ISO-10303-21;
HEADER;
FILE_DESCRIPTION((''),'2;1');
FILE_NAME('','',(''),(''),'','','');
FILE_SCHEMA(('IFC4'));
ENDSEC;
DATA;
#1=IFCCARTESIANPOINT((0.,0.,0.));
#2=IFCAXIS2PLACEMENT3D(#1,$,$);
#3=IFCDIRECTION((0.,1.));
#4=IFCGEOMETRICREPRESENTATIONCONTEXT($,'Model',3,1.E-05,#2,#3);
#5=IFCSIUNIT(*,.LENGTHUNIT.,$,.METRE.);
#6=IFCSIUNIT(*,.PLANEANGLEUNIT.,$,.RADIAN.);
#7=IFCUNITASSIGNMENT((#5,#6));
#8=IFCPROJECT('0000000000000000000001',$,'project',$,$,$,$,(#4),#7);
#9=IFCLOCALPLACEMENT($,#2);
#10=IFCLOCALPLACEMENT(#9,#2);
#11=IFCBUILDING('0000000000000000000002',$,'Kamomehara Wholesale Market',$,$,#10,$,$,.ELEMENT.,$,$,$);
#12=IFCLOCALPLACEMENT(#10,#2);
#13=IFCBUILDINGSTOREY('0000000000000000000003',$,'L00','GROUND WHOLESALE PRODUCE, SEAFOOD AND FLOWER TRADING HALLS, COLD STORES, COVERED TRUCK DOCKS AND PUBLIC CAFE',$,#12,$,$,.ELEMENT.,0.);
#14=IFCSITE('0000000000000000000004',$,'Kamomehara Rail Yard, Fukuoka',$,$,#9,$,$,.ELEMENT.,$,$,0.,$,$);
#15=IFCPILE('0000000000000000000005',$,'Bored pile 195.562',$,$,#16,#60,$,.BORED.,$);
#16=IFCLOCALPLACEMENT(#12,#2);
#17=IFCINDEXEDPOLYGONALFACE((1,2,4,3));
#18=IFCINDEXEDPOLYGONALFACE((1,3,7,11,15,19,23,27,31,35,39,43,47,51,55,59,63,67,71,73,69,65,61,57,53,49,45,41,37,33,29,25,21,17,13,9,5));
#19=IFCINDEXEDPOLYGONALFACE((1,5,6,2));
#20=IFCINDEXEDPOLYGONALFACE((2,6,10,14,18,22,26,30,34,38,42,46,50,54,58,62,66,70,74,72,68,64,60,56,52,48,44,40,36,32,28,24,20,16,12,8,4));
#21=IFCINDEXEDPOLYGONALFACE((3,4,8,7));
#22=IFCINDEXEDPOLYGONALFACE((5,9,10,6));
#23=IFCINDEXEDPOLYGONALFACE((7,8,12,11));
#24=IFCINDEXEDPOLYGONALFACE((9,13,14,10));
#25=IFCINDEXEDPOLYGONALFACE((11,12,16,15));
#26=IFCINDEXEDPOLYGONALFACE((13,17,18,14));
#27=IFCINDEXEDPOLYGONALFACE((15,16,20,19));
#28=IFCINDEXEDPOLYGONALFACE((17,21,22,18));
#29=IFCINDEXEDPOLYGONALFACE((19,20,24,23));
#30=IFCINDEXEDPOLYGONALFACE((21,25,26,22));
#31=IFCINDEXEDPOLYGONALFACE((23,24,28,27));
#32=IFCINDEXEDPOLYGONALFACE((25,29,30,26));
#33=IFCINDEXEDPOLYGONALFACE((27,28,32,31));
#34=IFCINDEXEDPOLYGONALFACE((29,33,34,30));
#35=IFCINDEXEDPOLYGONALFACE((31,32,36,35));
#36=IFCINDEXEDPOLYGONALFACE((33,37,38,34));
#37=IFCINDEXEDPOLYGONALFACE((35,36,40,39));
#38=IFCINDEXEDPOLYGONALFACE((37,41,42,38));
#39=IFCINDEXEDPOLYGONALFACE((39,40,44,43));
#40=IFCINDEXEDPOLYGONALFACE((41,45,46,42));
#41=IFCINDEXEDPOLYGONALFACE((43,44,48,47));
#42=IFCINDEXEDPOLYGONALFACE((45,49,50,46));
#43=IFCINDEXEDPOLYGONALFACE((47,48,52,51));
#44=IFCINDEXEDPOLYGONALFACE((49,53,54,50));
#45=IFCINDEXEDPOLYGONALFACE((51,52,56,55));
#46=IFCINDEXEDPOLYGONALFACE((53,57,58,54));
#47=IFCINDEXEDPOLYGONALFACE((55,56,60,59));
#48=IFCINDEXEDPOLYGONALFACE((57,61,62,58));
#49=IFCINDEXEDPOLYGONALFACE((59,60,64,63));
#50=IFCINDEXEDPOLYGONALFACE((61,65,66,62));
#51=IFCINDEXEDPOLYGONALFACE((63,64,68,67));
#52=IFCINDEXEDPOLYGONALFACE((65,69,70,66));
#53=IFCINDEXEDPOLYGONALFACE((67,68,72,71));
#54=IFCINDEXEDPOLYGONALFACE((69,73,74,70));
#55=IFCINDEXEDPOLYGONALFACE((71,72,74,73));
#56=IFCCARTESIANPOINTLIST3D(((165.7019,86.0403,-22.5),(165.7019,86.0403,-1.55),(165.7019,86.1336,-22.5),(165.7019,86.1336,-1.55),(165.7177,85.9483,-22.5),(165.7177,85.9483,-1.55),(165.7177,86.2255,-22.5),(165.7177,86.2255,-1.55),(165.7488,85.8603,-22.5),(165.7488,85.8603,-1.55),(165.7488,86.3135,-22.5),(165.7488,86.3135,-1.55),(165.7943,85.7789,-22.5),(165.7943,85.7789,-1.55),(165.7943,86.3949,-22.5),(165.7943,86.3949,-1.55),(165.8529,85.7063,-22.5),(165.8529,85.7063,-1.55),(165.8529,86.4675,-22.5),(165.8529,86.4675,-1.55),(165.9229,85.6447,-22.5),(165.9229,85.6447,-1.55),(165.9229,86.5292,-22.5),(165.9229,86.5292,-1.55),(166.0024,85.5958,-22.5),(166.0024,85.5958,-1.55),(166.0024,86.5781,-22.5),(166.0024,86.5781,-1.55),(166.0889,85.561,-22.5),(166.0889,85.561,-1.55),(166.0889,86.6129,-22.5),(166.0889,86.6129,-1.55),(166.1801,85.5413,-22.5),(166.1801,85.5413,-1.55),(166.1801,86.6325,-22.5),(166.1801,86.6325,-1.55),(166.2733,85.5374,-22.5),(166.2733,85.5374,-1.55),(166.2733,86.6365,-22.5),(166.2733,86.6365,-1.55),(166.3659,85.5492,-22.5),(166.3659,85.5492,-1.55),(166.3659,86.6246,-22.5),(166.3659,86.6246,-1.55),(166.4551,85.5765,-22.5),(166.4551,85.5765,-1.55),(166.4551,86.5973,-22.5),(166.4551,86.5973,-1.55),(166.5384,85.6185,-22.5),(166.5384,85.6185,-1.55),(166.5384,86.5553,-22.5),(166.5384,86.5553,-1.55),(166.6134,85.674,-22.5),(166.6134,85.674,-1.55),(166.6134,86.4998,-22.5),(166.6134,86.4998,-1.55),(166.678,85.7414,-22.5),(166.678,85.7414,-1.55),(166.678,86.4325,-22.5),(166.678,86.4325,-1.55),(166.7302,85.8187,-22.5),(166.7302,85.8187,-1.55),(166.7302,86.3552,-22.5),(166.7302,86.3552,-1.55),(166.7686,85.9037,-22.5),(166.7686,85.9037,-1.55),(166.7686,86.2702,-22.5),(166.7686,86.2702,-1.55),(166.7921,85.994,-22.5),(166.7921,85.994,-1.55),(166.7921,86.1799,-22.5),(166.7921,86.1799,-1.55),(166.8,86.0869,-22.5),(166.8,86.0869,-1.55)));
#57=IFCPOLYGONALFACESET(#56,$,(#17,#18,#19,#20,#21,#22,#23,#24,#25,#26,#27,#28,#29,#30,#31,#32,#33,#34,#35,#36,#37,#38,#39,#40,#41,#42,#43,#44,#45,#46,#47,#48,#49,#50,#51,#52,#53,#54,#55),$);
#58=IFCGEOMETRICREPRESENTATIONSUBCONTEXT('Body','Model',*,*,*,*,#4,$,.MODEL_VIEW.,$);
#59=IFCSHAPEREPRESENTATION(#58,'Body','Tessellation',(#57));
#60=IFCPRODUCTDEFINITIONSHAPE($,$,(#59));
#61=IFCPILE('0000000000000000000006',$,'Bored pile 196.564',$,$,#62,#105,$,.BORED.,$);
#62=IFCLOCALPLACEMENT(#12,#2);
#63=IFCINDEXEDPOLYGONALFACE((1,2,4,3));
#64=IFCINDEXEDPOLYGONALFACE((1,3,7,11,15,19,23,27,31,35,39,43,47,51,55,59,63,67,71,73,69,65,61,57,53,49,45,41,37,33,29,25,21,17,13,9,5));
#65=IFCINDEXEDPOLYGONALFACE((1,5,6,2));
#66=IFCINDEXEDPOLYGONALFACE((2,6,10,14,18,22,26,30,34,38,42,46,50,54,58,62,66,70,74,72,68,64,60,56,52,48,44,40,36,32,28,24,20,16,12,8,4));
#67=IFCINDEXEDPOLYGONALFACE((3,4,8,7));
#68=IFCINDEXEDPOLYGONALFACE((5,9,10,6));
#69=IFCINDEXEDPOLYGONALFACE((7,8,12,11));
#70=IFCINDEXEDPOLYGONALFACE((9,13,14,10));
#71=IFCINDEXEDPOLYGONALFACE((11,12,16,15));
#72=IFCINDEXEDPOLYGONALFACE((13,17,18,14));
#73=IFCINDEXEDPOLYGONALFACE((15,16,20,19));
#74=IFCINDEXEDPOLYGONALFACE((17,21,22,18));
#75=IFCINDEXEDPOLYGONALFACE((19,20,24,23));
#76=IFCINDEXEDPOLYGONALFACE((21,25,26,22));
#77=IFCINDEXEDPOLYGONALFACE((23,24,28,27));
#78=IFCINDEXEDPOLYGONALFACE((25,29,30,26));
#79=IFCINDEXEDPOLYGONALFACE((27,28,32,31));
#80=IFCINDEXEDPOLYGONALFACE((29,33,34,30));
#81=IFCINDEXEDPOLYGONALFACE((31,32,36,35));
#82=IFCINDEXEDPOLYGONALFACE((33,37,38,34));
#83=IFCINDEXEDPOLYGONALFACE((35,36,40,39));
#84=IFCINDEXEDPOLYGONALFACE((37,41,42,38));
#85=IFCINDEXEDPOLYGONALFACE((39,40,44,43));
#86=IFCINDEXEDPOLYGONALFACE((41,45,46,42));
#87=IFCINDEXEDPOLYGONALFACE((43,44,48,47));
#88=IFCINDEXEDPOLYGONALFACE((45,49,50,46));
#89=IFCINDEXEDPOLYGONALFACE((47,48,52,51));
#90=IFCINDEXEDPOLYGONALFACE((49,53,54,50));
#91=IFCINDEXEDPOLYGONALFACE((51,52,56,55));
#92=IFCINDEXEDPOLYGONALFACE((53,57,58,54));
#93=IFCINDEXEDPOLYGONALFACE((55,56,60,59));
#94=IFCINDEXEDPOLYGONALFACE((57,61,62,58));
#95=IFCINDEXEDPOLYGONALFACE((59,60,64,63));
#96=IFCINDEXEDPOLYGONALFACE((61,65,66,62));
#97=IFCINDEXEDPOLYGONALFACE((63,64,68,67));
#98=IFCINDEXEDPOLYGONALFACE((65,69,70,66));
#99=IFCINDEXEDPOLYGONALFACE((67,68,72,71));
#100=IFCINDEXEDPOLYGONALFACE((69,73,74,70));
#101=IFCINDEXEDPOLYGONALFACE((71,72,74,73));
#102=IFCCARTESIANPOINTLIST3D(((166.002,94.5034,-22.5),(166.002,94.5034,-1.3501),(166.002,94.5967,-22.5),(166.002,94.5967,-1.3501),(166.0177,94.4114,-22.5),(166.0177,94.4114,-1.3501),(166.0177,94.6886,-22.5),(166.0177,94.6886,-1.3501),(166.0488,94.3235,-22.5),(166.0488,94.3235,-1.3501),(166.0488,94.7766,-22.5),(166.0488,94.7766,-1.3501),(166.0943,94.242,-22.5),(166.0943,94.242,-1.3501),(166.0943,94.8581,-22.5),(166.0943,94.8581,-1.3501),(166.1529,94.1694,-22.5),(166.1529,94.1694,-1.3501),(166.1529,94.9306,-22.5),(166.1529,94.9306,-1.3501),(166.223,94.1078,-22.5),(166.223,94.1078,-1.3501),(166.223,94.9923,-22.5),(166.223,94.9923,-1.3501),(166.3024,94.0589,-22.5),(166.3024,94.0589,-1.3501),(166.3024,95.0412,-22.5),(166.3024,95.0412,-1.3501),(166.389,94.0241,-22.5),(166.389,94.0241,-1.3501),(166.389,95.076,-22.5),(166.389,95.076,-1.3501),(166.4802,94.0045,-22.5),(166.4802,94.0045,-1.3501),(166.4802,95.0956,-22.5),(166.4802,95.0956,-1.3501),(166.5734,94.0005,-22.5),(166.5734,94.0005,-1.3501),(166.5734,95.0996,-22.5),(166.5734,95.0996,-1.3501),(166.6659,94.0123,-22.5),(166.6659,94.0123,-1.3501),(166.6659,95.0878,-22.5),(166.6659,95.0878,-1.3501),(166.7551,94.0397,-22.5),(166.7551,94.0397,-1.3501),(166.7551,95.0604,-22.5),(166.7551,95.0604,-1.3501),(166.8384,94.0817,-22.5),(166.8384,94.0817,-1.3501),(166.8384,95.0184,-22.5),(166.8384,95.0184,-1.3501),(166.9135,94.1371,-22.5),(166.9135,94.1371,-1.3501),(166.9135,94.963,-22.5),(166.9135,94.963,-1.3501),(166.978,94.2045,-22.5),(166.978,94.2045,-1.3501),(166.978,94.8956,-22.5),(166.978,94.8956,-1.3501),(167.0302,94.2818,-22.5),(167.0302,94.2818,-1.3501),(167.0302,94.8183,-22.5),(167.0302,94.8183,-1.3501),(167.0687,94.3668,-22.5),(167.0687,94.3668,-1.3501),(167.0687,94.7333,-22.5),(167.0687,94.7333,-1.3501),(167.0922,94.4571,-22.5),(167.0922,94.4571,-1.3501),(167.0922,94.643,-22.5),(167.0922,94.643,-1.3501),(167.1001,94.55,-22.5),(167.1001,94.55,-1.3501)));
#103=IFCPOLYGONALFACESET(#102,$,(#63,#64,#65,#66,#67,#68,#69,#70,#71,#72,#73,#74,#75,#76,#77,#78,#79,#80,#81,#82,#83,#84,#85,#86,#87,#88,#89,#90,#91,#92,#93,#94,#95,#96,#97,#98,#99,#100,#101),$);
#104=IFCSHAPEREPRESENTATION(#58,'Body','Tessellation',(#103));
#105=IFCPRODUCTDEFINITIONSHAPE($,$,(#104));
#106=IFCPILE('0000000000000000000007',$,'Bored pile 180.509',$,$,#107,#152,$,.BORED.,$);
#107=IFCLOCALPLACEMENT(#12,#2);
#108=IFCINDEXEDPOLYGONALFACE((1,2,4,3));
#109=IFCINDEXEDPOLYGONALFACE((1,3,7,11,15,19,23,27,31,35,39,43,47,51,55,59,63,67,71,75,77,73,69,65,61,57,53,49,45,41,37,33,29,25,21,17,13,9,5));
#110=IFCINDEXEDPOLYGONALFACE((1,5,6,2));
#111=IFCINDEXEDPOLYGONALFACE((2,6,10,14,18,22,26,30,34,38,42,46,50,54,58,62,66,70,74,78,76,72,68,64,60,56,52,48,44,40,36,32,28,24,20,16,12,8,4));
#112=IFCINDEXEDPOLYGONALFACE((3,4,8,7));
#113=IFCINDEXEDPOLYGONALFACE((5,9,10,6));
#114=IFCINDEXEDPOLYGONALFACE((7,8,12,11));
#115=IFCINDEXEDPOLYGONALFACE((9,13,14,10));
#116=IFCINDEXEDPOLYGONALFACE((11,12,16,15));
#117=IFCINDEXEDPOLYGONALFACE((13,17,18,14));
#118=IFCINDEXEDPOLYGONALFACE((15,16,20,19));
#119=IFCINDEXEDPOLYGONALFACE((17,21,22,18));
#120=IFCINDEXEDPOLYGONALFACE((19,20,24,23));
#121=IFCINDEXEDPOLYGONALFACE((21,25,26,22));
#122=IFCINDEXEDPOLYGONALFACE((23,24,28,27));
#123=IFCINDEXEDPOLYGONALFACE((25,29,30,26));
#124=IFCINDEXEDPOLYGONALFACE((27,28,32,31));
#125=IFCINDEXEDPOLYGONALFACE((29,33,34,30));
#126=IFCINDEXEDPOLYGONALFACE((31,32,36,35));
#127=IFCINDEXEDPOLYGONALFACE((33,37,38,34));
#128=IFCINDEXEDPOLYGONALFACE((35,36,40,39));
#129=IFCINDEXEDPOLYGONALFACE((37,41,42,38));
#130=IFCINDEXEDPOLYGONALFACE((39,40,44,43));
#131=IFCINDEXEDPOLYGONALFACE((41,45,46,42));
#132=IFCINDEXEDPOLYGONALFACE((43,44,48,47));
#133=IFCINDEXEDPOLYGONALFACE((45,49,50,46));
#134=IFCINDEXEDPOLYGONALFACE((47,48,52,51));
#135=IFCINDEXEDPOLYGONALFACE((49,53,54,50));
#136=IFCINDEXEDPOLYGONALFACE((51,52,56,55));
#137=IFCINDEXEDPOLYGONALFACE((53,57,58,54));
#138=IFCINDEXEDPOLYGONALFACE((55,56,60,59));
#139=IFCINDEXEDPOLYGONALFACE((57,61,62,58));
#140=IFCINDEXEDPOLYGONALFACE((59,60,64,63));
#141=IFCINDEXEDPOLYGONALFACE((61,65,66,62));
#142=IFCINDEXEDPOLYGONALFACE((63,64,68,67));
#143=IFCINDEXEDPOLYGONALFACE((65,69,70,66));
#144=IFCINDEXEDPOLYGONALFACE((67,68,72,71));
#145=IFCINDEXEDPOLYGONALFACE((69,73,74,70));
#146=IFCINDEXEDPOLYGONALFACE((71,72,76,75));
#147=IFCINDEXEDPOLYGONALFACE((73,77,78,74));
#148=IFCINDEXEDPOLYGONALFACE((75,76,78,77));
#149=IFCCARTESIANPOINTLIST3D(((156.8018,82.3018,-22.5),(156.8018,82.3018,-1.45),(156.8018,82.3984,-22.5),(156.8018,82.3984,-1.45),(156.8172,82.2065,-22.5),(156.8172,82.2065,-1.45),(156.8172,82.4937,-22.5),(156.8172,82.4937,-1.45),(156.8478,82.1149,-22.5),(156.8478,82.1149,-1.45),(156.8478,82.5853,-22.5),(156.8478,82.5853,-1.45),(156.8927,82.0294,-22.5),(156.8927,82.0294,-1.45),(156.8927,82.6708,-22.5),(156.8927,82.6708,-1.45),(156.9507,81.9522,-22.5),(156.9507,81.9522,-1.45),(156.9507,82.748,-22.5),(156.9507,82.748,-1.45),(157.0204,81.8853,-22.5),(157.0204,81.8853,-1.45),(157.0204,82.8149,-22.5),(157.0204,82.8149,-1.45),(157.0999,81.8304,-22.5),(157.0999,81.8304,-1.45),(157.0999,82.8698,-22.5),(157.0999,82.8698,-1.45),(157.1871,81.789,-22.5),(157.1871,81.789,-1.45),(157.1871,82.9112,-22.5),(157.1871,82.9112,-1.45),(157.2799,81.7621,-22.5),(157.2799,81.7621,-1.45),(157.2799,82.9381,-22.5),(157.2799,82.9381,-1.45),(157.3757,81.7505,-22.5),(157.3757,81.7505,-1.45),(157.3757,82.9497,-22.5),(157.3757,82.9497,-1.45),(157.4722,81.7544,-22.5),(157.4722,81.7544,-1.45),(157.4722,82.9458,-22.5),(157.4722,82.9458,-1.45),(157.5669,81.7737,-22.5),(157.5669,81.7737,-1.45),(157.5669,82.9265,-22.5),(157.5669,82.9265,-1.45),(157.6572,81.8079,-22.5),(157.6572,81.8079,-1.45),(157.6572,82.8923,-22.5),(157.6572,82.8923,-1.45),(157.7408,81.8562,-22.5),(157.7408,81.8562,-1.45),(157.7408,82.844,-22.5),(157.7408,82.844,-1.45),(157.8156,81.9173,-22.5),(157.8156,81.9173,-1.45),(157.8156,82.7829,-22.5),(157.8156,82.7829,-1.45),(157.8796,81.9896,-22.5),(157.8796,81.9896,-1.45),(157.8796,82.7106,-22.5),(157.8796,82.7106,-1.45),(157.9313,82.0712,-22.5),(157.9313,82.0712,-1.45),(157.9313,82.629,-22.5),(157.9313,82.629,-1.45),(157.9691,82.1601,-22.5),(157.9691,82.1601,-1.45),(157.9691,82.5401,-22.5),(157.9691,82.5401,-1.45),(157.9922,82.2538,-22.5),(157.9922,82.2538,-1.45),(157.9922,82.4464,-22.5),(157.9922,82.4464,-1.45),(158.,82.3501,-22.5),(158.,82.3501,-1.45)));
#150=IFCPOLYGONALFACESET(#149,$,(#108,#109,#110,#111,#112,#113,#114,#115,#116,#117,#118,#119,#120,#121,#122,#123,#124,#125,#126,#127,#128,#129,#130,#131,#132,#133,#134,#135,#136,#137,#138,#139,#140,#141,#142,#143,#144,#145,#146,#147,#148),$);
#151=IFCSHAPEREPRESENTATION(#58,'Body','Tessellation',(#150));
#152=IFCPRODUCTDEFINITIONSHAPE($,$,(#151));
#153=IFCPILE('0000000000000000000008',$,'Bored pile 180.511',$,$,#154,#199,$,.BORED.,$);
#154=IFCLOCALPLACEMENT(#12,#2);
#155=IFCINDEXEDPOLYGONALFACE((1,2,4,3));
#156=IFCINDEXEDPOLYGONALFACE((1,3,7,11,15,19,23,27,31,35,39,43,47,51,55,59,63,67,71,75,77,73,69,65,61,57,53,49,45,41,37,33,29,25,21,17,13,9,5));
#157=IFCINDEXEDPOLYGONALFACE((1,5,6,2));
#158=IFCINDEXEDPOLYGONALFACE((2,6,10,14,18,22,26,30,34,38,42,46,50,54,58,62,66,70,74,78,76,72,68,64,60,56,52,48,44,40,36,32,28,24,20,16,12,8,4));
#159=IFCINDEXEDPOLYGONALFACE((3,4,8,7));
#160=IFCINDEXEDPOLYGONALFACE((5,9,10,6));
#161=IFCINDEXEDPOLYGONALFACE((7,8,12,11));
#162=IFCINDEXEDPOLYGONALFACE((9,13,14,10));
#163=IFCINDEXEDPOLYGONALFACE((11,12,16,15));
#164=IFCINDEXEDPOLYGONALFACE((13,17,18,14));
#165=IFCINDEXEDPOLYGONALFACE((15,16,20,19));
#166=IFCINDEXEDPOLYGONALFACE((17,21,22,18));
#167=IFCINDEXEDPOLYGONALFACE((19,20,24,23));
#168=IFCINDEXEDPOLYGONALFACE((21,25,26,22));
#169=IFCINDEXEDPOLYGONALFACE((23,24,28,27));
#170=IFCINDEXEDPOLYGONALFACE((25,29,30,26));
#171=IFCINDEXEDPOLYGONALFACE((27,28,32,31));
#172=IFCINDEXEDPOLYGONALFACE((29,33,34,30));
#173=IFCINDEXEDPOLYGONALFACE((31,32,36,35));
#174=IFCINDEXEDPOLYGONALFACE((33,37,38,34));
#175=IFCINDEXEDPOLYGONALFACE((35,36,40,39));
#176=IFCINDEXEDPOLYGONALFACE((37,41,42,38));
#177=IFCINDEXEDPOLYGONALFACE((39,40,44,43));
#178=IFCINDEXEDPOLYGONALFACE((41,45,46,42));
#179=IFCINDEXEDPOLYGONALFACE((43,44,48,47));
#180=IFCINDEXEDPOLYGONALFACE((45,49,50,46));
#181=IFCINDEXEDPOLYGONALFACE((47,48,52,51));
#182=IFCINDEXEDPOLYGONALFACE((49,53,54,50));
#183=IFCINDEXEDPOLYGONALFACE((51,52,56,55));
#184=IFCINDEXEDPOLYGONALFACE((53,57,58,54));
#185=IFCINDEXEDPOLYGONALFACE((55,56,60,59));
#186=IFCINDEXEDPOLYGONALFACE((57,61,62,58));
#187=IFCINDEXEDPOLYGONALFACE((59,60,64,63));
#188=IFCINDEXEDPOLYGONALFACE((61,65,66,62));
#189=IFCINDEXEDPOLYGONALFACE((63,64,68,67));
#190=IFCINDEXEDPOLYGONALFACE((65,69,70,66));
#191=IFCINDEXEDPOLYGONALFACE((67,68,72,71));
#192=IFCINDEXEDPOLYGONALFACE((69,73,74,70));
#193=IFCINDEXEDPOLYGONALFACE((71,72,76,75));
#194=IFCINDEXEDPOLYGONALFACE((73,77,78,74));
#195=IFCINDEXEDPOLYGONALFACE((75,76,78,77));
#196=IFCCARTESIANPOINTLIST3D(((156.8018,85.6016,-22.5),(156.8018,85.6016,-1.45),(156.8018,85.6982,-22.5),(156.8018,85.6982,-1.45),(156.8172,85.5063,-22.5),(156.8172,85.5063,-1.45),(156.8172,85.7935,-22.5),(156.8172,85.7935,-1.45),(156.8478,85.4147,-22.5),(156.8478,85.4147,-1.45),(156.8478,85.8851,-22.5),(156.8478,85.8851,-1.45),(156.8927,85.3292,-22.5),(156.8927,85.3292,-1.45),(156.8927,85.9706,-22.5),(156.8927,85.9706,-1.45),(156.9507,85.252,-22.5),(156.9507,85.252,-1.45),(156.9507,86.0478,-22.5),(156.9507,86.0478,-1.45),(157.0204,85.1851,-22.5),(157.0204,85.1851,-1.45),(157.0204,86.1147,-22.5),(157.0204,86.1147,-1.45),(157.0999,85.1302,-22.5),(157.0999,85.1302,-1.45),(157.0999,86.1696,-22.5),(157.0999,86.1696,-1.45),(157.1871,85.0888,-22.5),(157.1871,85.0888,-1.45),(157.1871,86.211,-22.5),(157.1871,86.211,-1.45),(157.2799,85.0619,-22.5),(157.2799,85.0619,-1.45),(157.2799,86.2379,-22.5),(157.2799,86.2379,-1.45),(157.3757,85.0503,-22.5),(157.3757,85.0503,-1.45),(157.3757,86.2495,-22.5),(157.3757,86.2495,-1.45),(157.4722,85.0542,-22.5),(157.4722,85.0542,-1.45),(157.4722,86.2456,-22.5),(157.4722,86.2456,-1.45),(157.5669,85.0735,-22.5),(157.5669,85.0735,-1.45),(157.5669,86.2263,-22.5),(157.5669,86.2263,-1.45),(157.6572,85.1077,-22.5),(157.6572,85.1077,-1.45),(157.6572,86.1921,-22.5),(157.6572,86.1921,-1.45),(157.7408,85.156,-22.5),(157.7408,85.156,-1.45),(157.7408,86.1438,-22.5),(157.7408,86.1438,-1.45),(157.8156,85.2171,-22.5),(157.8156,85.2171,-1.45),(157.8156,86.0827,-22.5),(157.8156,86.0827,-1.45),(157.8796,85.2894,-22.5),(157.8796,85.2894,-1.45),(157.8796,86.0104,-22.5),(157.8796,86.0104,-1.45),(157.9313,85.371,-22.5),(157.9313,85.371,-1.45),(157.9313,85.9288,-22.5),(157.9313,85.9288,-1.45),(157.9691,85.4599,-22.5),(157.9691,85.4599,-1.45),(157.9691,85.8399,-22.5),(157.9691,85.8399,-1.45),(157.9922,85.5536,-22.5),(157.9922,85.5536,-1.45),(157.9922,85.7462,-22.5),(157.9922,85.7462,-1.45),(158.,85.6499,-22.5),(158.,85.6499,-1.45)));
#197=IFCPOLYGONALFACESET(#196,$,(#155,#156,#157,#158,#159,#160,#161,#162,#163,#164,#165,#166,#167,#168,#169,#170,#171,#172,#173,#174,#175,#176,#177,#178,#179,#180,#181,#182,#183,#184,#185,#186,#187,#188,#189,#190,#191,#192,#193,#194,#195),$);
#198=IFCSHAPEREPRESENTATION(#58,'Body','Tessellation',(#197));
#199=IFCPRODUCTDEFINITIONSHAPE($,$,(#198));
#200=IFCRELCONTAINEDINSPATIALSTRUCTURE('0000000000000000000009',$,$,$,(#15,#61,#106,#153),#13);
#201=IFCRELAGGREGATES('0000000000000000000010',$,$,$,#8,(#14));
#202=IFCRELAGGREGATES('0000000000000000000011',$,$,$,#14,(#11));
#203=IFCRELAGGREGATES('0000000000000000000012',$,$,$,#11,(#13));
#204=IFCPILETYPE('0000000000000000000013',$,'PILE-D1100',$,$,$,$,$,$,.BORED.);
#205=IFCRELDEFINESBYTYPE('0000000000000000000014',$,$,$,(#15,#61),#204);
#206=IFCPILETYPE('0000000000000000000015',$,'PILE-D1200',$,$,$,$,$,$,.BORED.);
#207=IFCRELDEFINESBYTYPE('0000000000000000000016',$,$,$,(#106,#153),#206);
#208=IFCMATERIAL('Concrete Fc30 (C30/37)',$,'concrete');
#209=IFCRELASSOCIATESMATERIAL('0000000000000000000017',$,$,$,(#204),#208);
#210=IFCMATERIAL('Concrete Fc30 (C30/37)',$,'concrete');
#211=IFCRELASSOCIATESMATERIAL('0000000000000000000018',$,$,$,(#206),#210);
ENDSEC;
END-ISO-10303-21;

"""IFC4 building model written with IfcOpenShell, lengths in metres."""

from ifc_helpers import new_model, si_unit, direction, frame, origin, origin_2d, place, context, subcontext, project, spatial, circle, extrude, material, material_profile, profile_set, type_object, element, save


model = new_model("IFC4")

# Units and contexts
model_context = context("Model", 3, precision=1e-05, world=origin(), true_north=direction((0.0, 1.0)))
body_context = subcontext(model_context, "Body", "Model", "MODEL_VIEW")
ifc_project = project(units=[si_unit("LENGTHUNIT", "METRE"), si_unit("PLANEANGLEUNIT", "RADIAN")], contexts=[model_context])

# Site, building, storey
site_placement = place(None, origin())
site = spatial("IfcSite", under=ifc_project, at=site_placement, Name="Kamomehara Rail Yard, Fukuoka", CompositionType="ELEMENT", RefElevation=0.0)
building_placement = place(site_placement, origin())
building = spatial("IfcBuilding", under=site, at=building_placement, Name="Kamomehara Wholesale Market", CompositionType="ELEMENT")
storey_placement = place(building_placement, origin())
storey = spatial("IfcBuildingStorey", under=building, at=storey_placement, Name="L00", Description="GROUND WHOLESALE PRODUCE, SEAFOOD AND FLOWER TRADING HALLS, COLD STORES, COVERED TRUCK DOCKS AND PUBLIC CAFE", CompositionType="ELEMENT", Elevation=0.0)

# Piles
ifc_material_1 = material(Name="Concrete Fc30 (C30/37)", Category="concrete")
ifc_material_profile_1 = material_profile(ifc_material_1, circle(Radius=0.55, at=origin_2d()), Name="RC-PILE-D1100")
ifc_profile_set_1 = profile_set([ifc_material_profile_1], Name="Concrete Fc30 (C30/37)")
pile_type_1 = type_object("IfcPileType", Name="PILE-D1100", PredefinedType="BORED", material=ifc_profile_set_1)
for number, where, z_axis, x_axis, name in (
    (1, (166.25, 86.0869, -1.55), (0.0, 0.0, -1.0), (1.0, 0.0, 0.0), "Bored pile 195.562"),
):
    element("IfcPile", number, at=place(storey_placement, frame(where, z_axis=z_axis, x_axis=x_axis)), inside=storey, type_object=pile_type_1, Name=name, PredefinedType="BORED", context=body_context, shape_type="SweptSolid", body=[
        extrude(circle(Radius=0.55, at=origin_2d()), origin(), (0.0, 0.0, 1.0), 20.95),
    ])
pile_1_placement = place(storey_placement, frame((166.55, 94.55, -1.3501), z_axis=(0.0, 0.0, -1.0), x_axis=(1.0, 0.0, 0.0)))
element("IfcPile", 2, at=pile_1_placement, inside=storey, type_object=pile_type_1, Name="Bored pile 196.564", PredefinedType="BORED", context=body_context, shape_type="SweptSolid", body=[
    extrude(circle(Radius=0.55, at=origin_2d()), origin(), (0.0, 0.0, 1.0), 21.1499),
])
ifc_material_2 = material(Name="Concrete Fc30 (C30/37)", Category="concrete")
ifc_material_profile_2 = material_profile(ifc_material_2, circle(Radius=0.6001, at=origin_2d()), Name="RC-PILE-D1200")
ifc_profile_set_2 = profile_set([ifc_material_profile_2], Name="Concrete Fc30 (C30/37)")
pile_type_2 = type_object("IfcPileType", Name="PILE-D1200", PredefinedType="BORED", material=ifc_profile_set_2)
for number, where, z_axis, x_axis, name in (
    (3, (157.3999, 82.3501, -1.45), (0.0, 0.0, -1.0), (1.0, 0.0, 0.0), "Bored pile 180.509"),
    (4, (157.3999, 85.6499, -1.45), (0.0, 0.0, -1.0), (1.0, 0.0, 0.0), "Bored pile 180.511"),
):
    element("IfcPile", number, at=place(storey_placement, frame(where, z_axis=z_axis, x_axis=x_axis)), inside=storey, type_object=pile_type_2, Name=name, PredefinedType="BORED", context=body_context, shape_type="SweptSolid", body=[
        extrude(circle(Radius=0.6001, at=origin_2d()), origin(), (0.0, 0.0, 1.0), 21.05),
    ])

save(model, "model.ifc")
